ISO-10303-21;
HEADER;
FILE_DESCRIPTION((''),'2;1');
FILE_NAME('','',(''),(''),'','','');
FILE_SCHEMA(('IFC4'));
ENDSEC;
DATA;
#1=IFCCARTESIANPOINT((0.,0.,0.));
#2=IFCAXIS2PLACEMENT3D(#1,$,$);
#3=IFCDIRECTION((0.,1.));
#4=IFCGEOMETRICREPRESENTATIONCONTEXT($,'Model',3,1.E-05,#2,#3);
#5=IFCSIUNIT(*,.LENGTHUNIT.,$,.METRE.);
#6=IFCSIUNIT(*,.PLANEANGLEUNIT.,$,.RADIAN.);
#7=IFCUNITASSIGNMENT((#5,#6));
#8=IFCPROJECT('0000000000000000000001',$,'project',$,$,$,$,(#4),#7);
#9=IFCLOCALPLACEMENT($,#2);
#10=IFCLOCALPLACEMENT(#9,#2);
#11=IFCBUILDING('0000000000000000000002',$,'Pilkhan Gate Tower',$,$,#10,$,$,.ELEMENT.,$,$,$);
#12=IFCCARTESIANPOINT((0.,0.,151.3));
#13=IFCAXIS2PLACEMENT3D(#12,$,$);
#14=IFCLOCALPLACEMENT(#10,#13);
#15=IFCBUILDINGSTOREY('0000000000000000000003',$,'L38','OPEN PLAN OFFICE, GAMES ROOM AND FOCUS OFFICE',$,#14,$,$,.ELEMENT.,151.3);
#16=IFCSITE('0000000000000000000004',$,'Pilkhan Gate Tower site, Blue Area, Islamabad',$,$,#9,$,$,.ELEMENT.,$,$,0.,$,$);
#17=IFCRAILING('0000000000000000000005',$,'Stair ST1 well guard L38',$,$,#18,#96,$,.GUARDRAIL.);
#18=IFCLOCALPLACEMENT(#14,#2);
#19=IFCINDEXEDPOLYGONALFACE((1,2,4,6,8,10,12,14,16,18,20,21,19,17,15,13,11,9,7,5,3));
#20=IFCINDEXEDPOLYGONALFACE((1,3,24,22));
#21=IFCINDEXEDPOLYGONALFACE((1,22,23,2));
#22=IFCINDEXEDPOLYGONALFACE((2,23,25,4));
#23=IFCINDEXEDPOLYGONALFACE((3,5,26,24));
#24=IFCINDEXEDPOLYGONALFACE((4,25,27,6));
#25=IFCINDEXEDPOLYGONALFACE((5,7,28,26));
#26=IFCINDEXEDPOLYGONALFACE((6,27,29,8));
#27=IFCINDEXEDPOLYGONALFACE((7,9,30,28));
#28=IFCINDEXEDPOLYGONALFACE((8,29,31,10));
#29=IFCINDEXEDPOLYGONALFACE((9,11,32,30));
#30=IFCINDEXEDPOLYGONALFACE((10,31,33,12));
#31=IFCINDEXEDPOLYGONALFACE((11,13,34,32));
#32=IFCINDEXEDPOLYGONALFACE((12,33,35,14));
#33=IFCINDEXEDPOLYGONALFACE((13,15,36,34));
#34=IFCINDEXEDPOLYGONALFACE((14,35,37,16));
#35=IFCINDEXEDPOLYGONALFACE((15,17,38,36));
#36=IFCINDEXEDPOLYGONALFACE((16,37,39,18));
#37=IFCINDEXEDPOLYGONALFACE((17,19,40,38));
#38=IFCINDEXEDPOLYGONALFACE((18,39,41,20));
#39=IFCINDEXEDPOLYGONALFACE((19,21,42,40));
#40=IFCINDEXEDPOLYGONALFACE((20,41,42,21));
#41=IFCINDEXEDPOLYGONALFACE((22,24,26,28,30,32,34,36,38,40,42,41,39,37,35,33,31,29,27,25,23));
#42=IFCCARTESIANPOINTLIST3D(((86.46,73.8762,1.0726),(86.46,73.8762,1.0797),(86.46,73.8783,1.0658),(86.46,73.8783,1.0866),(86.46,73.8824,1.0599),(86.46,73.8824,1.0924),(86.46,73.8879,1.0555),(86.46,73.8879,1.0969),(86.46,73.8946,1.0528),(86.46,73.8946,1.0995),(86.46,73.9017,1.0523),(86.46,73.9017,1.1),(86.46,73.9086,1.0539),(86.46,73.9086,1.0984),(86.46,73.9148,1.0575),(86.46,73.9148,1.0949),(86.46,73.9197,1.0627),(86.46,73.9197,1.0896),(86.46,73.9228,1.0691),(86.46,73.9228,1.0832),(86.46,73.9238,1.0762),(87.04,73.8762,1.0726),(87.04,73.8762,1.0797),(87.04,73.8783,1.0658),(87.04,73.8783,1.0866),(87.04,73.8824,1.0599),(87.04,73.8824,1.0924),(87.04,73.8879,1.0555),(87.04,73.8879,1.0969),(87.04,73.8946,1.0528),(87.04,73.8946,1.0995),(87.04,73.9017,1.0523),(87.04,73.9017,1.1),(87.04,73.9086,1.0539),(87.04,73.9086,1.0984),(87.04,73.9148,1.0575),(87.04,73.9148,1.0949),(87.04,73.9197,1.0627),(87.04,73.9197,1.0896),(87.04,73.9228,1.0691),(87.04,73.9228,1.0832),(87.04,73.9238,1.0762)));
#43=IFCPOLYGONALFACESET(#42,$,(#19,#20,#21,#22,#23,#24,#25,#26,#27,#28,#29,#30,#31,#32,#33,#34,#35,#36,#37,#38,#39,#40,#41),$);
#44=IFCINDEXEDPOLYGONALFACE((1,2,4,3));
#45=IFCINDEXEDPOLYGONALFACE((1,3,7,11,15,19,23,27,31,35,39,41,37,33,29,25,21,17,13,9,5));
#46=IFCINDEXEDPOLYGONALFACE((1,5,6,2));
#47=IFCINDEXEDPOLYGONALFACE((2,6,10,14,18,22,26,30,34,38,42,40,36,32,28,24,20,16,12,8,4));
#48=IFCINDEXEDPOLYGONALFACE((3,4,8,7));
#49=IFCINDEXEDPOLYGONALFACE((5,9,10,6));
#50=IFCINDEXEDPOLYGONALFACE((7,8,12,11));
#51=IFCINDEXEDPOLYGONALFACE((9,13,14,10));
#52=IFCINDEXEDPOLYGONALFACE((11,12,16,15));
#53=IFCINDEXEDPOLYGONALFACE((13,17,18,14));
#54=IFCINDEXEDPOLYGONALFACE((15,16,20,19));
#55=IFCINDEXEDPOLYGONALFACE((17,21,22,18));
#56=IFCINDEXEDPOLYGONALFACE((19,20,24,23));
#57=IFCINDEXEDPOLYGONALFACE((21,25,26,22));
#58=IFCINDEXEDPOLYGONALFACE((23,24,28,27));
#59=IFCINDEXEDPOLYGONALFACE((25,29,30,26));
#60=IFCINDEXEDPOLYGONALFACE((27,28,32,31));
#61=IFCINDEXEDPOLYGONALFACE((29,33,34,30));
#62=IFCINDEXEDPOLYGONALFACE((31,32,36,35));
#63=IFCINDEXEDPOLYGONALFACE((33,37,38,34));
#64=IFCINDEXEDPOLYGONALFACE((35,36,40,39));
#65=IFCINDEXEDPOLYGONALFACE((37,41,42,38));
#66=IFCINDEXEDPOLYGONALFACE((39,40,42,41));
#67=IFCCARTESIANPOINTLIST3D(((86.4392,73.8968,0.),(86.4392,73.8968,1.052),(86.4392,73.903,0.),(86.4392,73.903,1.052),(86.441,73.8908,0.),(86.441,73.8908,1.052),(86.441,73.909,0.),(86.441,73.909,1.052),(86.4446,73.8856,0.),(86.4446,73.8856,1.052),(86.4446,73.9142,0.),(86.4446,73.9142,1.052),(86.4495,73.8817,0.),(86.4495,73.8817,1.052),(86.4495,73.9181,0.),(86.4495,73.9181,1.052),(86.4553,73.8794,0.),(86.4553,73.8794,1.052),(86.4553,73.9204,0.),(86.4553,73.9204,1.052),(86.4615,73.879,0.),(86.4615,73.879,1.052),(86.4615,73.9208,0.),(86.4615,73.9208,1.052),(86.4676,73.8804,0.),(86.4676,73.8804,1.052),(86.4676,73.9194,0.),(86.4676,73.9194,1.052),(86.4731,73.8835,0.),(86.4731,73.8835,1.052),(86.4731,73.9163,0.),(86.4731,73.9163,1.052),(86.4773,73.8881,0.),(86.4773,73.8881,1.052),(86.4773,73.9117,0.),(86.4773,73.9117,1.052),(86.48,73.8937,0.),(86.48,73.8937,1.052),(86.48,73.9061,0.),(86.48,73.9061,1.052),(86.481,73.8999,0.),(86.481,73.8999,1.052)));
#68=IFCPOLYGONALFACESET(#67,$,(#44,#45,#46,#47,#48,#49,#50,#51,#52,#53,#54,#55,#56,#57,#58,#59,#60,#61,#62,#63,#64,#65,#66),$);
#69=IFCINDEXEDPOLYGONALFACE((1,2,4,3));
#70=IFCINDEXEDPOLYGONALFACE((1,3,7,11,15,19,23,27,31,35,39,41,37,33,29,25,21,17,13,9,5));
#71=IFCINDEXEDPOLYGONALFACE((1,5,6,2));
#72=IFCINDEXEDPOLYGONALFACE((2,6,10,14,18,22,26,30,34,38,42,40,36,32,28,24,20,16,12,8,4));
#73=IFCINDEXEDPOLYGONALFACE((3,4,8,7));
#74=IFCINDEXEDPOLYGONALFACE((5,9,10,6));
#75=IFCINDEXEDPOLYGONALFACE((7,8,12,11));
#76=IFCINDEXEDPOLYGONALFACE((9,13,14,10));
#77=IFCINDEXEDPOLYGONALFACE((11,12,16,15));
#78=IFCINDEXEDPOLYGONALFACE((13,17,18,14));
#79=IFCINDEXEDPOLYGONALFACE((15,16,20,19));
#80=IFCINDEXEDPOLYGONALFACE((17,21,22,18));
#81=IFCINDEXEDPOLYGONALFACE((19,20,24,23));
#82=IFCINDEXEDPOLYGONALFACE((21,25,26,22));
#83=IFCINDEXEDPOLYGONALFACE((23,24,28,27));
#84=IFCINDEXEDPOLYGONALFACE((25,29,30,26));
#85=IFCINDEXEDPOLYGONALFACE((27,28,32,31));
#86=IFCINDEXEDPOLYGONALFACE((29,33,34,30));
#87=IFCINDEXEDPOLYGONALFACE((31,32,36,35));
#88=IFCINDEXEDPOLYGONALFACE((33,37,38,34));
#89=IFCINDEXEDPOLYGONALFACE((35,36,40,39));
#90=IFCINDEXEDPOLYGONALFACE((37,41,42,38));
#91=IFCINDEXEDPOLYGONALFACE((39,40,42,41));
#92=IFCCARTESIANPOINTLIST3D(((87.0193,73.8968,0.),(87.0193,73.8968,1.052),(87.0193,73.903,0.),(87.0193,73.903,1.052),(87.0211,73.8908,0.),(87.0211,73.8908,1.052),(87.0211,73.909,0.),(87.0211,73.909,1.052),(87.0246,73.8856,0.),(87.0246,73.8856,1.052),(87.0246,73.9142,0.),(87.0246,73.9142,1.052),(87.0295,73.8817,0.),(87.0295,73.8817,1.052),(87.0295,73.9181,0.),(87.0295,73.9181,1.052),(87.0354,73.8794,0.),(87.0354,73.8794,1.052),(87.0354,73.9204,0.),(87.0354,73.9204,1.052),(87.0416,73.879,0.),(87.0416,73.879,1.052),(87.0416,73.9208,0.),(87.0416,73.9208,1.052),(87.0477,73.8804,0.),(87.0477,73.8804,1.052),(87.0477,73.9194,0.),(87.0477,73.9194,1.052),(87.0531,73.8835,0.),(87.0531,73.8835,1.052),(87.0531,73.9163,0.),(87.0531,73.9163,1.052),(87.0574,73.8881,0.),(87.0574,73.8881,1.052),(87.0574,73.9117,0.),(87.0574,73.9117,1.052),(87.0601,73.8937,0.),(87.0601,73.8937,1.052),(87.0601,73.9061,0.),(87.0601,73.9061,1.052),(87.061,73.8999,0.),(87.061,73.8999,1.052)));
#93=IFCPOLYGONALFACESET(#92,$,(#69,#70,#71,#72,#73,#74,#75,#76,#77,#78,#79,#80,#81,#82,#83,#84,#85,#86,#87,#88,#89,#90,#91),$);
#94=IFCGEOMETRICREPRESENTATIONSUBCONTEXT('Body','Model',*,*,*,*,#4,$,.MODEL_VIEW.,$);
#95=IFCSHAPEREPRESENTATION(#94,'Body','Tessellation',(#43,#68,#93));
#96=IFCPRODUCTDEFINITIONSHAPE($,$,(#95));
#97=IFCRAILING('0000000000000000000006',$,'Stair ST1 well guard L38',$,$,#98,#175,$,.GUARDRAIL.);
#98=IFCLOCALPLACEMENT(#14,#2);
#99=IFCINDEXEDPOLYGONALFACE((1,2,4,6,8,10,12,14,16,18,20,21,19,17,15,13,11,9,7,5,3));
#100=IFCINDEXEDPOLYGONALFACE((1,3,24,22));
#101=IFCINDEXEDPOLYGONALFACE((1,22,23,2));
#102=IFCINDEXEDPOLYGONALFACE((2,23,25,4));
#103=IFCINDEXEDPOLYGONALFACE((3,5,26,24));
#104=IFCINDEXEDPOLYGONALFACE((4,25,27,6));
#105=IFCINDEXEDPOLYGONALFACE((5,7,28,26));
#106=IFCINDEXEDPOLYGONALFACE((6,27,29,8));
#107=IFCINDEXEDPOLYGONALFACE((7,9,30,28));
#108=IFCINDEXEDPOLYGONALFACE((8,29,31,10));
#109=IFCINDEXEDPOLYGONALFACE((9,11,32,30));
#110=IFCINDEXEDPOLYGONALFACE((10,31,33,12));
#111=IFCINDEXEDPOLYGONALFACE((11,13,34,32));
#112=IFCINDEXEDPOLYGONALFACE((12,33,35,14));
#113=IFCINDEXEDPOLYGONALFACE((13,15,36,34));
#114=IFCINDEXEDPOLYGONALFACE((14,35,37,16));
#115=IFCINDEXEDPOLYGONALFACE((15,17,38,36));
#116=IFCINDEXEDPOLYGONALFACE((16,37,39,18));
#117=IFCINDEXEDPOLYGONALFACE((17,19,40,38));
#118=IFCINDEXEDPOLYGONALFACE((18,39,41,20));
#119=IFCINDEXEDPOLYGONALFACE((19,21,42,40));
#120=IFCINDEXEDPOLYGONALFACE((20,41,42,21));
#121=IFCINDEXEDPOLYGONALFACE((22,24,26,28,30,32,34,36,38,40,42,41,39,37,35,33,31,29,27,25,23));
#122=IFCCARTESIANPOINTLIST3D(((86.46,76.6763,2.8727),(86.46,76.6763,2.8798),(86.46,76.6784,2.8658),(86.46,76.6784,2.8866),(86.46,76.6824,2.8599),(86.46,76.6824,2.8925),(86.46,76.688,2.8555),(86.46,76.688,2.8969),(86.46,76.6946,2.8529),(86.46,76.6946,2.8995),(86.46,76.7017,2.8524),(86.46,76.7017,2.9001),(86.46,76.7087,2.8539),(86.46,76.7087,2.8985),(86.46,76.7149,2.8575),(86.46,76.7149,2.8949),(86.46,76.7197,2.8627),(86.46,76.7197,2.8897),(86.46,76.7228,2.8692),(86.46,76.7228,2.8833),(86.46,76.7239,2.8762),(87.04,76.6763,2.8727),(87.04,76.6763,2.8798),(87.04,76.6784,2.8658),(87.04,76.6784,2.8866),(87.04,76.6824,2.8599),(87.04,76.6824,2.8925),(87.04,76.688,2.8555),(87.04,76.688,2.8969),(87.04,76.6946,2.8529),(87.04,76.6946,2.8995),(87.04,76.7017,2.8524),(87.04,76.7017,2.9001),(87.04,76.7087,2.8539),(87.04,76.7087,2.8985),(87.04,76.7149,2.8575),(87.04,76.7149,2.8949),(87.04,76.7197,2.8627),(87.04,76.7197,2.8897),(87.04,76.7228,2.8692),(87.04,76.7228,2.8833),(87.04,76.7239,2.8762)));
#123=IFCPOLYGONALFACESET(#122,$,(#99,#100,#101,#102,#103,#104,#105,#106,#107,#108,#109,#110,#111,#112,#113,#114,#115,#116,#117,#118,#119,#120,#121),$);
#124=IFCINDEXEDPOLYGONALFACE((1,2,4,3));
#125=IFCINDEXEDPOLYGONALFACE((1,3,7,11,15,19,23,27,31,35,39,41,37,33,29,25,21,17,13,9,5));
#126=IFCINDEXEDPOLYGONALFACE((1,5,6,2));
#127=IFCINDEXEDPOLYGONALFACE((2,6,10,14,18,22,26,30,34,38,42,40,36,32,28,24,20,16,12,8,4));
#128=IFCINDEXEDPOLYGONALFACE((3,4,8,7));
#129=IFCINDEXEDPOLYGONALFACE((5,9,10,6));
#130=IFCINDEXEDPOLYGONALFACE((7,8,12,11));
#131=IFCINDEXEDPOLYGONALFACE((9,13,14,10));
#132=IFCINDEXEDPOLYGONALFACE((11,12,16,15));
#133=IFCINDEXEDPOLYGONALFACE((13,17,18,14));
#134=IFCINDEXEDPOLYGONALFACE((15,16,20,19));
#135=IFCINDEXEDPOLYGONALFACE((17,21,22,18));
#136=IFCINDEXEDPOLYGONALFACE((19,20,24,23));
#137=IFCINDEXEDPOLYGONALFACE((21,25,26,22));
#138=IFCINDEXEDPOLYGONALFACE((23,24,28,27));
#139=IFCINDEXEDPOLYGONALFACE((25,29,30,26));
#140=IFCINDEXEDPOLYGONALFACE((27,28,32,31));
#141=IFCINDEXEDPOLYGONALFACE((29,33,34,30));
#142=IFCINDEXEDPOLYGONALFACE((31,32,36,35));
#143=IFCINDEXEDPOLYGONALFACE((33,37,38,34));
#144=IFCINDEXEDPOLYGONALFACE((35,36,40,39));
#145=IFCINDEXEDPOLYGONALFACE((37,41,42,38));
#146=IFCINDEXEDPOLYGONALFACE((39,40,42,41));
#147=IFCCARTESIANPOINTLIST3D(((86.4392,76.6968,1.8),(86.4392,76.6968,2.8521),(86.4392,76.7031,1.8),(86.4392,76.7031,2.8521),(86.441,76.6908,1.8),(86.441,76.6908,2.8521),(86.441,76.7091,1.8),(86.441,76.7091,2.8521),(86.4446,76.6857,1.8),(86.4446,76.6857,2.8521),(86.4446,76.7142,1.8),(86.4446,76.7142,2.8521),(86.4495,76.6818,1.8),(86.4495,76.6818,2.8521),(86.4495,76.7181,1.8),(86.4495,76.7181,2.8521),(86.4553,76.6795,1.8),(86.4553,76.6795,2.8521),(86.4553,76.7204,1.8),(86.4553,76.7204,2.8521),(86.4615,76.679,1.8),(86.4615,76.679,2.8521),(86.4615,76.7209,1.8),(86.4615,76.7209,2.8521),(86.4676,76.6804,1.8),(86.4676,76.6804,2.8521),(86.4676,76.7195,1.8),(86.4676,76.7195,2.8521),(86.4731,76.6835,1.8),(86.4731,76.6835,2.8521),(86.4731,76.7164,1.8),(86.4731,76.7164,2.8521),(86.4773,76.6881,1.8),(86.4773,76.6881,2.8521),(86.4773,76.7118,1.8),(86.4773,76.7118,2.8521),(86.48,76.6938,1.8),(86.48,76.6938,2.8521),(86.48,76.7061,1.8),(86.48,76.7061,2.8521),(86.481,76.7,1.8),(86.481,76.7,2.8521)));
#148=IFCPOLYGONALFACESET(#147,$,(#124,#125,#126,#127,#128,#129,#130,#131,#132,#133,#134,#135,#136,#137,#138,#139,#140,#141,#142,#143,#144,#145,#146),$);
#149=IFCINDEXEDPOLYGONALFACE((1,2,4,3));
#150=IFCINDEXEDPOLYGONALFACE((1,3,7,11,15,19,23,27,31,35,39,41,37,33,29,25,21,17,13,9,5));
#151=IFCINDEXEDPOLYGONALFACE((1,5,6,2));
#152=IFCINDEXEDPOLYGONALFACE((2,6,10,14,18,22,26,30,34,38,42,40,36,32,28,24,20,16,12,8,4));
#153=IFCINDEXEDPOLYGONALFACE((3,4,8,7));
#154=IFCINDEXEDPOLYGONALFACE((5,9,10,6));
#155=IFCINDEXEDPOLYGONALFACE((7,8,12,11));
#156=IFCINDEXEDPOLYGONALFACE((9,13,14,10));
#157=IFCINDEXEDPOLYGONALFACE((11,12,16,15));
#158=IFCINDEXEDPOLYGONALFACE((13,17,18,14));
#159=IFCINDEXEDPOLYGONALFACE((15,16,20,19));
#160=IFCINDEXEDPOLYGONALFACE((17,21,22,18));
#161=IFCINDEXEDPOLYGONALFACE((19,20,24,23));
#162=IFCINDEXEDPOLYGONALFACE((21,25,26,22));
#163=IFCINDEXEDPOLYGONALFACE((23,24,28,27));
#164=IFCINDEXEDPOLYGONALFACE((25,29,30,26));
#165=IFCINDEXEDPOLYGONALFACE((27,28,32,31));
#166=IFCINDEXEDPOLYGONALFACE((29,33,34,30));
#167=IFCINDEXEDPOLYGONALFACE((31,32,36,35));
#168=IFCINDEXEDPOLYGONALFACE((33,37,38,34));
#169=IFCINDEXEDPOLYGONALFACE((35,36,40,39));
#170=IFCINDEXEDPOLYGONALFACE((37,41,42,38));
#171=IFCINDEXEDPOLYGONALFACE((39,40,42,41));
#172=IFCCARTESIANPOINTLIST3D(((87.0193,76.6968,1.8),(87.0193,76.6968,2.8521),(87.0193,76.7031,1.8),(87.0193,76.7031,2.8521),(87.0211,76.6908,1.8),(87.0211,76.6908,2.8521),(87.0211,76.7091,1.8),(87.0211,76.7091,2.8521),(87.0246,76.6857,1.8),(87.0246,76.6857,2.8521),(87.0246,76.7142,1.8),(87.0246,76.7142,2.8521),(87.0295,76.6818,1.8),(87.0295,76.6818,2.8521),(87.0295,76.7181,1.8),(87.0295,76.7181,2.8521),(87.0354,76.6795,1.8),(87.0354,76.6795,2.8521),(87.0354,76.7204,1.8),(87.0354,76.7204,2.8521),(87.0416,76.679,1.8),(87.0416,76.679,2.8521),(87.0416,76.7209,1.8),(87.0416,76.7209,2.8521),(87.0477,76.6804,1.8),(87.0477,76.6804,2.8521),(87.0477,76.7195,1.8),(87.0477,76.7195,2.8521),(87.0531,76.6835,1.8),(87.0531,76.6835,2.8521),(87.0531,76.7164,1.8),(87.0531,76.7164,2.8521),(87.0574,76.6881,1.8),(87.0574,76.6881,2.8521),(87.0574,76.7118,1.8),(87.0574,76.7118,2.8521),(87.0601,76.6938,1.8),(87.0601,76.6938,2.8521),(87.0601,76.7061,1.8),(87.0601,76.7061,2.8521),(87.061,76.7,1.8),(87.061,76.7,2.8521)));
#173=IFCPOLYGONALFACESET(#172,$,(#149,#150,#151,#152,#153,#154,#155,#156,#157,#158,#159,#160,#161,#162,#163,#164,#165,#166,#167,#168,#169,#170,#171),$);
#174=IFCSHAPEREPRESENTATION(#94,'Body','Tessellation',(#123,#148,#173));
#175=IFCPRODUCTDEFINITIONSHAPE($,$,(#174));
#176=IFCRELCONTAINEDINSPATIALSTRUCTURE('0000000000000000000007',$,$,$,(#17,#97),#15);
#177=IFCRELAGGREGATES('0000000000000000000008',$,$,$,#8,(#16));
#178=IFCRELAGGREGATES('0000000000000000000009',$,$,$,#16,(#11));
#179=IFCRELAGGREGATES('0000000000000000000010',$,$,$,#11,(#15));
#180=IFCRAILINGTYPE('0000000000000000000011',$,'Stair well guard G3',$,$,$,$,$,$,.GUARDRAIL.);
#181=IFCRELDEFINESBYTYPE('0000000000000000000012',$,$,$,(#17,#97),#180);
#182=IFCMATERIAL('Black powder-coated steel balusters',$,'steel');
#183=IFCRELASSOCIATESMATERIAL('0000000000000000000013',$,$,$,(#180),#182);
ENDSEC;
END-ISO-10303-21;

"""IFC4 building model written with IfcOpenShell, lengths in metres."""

from ifc_helpers import new_model, si_unit, direction, frame, origin, origin_2d, place, context, subcontext, project, spatial, circle, extrude, material, type_object, element, save


model = new_model("IFC4")

# Units and contexts
model_context = context("Model", 3, precision=1e-05, world=origin(), true_north=direction((0.0, 1.0)))
body_context = subcontext(model_context, "Body", "Model", "MODEL_VIEW")
ifc_project = project(units=[si_unit("LENGTHUNIT", "METRE"), si_unit("PLANEANGLEUNIT", "RADIAN")], contexts=[model_context])

# Site, building, storey
site_placement = place(None, origin())
site = spatial("IfcSite", under=ifc_project, at=site_placement, Name="Pilkhan Gate Tower site, Blue Area, Islamabad", CompositionType="ELEMENT", RefElevation=0.0)
building_placement = place(site_placement, origin())
building = spatial("IfcBuilding", under=site, at=building_placement, Name="Pilkhan Gate Tower", CompositionType="ELEMENT")
storey_placement = place(building_placement, frame((0.0, 0.0, 151.3)))
storey = spatial("IfcBuildingStorey", under=building, at=storey_placement, Name="L38", Description="OPEN PLAN OFFICE, GAMES ROOM AND FOCUS OFFICE", CompositionType="ELEMENT", Elevation=151.3)

# Railings
ifc_material_1 = material(Name="Black powder-coated steel balusters", Category="steel")
railing_type_1 = type_object("IfcRailingType", Name="Stair well guard G3", PredefinedType="GUARDRAIL", material=ifc_material_1)
for number, where, name in (
    (1, (86.46, 73.8999, 0.0), "Stair ST1 well guard L38"),
    (2, (86.46, 76.7, 1.8), "Stair ST1 well guard L38"),
):
    element("IfcRailing", number, at=place(storey_placement, frame(where)), inside=storey, type_object=railing_type_1, Name=name, PredefinedType="GUARDRAIL", context=body_context, shape_type="SweptSolid", body=[
        extrude(circle(Radius=0.0239, at=origin_2d()), frame((0.0, 0.0, 1.0762), z_axis=(1.0, 0.0, 0.0), x_axis=(0.0, 1.0, 0.0)), (0.0, 0.0, 1.0), 0.5801),
        extrude(circle(Radius=0.021, at=origin_2d()), origin(), (0.0, 0.0, 1.0), 1.052),
        extrude(circle(Radius=0.021, at=origin_2d()), frame((0.5801, 0.0, 0.0)), (0.0, 0.0, 1.0), 1.052),
    ])

save(model, "model.ifc")
